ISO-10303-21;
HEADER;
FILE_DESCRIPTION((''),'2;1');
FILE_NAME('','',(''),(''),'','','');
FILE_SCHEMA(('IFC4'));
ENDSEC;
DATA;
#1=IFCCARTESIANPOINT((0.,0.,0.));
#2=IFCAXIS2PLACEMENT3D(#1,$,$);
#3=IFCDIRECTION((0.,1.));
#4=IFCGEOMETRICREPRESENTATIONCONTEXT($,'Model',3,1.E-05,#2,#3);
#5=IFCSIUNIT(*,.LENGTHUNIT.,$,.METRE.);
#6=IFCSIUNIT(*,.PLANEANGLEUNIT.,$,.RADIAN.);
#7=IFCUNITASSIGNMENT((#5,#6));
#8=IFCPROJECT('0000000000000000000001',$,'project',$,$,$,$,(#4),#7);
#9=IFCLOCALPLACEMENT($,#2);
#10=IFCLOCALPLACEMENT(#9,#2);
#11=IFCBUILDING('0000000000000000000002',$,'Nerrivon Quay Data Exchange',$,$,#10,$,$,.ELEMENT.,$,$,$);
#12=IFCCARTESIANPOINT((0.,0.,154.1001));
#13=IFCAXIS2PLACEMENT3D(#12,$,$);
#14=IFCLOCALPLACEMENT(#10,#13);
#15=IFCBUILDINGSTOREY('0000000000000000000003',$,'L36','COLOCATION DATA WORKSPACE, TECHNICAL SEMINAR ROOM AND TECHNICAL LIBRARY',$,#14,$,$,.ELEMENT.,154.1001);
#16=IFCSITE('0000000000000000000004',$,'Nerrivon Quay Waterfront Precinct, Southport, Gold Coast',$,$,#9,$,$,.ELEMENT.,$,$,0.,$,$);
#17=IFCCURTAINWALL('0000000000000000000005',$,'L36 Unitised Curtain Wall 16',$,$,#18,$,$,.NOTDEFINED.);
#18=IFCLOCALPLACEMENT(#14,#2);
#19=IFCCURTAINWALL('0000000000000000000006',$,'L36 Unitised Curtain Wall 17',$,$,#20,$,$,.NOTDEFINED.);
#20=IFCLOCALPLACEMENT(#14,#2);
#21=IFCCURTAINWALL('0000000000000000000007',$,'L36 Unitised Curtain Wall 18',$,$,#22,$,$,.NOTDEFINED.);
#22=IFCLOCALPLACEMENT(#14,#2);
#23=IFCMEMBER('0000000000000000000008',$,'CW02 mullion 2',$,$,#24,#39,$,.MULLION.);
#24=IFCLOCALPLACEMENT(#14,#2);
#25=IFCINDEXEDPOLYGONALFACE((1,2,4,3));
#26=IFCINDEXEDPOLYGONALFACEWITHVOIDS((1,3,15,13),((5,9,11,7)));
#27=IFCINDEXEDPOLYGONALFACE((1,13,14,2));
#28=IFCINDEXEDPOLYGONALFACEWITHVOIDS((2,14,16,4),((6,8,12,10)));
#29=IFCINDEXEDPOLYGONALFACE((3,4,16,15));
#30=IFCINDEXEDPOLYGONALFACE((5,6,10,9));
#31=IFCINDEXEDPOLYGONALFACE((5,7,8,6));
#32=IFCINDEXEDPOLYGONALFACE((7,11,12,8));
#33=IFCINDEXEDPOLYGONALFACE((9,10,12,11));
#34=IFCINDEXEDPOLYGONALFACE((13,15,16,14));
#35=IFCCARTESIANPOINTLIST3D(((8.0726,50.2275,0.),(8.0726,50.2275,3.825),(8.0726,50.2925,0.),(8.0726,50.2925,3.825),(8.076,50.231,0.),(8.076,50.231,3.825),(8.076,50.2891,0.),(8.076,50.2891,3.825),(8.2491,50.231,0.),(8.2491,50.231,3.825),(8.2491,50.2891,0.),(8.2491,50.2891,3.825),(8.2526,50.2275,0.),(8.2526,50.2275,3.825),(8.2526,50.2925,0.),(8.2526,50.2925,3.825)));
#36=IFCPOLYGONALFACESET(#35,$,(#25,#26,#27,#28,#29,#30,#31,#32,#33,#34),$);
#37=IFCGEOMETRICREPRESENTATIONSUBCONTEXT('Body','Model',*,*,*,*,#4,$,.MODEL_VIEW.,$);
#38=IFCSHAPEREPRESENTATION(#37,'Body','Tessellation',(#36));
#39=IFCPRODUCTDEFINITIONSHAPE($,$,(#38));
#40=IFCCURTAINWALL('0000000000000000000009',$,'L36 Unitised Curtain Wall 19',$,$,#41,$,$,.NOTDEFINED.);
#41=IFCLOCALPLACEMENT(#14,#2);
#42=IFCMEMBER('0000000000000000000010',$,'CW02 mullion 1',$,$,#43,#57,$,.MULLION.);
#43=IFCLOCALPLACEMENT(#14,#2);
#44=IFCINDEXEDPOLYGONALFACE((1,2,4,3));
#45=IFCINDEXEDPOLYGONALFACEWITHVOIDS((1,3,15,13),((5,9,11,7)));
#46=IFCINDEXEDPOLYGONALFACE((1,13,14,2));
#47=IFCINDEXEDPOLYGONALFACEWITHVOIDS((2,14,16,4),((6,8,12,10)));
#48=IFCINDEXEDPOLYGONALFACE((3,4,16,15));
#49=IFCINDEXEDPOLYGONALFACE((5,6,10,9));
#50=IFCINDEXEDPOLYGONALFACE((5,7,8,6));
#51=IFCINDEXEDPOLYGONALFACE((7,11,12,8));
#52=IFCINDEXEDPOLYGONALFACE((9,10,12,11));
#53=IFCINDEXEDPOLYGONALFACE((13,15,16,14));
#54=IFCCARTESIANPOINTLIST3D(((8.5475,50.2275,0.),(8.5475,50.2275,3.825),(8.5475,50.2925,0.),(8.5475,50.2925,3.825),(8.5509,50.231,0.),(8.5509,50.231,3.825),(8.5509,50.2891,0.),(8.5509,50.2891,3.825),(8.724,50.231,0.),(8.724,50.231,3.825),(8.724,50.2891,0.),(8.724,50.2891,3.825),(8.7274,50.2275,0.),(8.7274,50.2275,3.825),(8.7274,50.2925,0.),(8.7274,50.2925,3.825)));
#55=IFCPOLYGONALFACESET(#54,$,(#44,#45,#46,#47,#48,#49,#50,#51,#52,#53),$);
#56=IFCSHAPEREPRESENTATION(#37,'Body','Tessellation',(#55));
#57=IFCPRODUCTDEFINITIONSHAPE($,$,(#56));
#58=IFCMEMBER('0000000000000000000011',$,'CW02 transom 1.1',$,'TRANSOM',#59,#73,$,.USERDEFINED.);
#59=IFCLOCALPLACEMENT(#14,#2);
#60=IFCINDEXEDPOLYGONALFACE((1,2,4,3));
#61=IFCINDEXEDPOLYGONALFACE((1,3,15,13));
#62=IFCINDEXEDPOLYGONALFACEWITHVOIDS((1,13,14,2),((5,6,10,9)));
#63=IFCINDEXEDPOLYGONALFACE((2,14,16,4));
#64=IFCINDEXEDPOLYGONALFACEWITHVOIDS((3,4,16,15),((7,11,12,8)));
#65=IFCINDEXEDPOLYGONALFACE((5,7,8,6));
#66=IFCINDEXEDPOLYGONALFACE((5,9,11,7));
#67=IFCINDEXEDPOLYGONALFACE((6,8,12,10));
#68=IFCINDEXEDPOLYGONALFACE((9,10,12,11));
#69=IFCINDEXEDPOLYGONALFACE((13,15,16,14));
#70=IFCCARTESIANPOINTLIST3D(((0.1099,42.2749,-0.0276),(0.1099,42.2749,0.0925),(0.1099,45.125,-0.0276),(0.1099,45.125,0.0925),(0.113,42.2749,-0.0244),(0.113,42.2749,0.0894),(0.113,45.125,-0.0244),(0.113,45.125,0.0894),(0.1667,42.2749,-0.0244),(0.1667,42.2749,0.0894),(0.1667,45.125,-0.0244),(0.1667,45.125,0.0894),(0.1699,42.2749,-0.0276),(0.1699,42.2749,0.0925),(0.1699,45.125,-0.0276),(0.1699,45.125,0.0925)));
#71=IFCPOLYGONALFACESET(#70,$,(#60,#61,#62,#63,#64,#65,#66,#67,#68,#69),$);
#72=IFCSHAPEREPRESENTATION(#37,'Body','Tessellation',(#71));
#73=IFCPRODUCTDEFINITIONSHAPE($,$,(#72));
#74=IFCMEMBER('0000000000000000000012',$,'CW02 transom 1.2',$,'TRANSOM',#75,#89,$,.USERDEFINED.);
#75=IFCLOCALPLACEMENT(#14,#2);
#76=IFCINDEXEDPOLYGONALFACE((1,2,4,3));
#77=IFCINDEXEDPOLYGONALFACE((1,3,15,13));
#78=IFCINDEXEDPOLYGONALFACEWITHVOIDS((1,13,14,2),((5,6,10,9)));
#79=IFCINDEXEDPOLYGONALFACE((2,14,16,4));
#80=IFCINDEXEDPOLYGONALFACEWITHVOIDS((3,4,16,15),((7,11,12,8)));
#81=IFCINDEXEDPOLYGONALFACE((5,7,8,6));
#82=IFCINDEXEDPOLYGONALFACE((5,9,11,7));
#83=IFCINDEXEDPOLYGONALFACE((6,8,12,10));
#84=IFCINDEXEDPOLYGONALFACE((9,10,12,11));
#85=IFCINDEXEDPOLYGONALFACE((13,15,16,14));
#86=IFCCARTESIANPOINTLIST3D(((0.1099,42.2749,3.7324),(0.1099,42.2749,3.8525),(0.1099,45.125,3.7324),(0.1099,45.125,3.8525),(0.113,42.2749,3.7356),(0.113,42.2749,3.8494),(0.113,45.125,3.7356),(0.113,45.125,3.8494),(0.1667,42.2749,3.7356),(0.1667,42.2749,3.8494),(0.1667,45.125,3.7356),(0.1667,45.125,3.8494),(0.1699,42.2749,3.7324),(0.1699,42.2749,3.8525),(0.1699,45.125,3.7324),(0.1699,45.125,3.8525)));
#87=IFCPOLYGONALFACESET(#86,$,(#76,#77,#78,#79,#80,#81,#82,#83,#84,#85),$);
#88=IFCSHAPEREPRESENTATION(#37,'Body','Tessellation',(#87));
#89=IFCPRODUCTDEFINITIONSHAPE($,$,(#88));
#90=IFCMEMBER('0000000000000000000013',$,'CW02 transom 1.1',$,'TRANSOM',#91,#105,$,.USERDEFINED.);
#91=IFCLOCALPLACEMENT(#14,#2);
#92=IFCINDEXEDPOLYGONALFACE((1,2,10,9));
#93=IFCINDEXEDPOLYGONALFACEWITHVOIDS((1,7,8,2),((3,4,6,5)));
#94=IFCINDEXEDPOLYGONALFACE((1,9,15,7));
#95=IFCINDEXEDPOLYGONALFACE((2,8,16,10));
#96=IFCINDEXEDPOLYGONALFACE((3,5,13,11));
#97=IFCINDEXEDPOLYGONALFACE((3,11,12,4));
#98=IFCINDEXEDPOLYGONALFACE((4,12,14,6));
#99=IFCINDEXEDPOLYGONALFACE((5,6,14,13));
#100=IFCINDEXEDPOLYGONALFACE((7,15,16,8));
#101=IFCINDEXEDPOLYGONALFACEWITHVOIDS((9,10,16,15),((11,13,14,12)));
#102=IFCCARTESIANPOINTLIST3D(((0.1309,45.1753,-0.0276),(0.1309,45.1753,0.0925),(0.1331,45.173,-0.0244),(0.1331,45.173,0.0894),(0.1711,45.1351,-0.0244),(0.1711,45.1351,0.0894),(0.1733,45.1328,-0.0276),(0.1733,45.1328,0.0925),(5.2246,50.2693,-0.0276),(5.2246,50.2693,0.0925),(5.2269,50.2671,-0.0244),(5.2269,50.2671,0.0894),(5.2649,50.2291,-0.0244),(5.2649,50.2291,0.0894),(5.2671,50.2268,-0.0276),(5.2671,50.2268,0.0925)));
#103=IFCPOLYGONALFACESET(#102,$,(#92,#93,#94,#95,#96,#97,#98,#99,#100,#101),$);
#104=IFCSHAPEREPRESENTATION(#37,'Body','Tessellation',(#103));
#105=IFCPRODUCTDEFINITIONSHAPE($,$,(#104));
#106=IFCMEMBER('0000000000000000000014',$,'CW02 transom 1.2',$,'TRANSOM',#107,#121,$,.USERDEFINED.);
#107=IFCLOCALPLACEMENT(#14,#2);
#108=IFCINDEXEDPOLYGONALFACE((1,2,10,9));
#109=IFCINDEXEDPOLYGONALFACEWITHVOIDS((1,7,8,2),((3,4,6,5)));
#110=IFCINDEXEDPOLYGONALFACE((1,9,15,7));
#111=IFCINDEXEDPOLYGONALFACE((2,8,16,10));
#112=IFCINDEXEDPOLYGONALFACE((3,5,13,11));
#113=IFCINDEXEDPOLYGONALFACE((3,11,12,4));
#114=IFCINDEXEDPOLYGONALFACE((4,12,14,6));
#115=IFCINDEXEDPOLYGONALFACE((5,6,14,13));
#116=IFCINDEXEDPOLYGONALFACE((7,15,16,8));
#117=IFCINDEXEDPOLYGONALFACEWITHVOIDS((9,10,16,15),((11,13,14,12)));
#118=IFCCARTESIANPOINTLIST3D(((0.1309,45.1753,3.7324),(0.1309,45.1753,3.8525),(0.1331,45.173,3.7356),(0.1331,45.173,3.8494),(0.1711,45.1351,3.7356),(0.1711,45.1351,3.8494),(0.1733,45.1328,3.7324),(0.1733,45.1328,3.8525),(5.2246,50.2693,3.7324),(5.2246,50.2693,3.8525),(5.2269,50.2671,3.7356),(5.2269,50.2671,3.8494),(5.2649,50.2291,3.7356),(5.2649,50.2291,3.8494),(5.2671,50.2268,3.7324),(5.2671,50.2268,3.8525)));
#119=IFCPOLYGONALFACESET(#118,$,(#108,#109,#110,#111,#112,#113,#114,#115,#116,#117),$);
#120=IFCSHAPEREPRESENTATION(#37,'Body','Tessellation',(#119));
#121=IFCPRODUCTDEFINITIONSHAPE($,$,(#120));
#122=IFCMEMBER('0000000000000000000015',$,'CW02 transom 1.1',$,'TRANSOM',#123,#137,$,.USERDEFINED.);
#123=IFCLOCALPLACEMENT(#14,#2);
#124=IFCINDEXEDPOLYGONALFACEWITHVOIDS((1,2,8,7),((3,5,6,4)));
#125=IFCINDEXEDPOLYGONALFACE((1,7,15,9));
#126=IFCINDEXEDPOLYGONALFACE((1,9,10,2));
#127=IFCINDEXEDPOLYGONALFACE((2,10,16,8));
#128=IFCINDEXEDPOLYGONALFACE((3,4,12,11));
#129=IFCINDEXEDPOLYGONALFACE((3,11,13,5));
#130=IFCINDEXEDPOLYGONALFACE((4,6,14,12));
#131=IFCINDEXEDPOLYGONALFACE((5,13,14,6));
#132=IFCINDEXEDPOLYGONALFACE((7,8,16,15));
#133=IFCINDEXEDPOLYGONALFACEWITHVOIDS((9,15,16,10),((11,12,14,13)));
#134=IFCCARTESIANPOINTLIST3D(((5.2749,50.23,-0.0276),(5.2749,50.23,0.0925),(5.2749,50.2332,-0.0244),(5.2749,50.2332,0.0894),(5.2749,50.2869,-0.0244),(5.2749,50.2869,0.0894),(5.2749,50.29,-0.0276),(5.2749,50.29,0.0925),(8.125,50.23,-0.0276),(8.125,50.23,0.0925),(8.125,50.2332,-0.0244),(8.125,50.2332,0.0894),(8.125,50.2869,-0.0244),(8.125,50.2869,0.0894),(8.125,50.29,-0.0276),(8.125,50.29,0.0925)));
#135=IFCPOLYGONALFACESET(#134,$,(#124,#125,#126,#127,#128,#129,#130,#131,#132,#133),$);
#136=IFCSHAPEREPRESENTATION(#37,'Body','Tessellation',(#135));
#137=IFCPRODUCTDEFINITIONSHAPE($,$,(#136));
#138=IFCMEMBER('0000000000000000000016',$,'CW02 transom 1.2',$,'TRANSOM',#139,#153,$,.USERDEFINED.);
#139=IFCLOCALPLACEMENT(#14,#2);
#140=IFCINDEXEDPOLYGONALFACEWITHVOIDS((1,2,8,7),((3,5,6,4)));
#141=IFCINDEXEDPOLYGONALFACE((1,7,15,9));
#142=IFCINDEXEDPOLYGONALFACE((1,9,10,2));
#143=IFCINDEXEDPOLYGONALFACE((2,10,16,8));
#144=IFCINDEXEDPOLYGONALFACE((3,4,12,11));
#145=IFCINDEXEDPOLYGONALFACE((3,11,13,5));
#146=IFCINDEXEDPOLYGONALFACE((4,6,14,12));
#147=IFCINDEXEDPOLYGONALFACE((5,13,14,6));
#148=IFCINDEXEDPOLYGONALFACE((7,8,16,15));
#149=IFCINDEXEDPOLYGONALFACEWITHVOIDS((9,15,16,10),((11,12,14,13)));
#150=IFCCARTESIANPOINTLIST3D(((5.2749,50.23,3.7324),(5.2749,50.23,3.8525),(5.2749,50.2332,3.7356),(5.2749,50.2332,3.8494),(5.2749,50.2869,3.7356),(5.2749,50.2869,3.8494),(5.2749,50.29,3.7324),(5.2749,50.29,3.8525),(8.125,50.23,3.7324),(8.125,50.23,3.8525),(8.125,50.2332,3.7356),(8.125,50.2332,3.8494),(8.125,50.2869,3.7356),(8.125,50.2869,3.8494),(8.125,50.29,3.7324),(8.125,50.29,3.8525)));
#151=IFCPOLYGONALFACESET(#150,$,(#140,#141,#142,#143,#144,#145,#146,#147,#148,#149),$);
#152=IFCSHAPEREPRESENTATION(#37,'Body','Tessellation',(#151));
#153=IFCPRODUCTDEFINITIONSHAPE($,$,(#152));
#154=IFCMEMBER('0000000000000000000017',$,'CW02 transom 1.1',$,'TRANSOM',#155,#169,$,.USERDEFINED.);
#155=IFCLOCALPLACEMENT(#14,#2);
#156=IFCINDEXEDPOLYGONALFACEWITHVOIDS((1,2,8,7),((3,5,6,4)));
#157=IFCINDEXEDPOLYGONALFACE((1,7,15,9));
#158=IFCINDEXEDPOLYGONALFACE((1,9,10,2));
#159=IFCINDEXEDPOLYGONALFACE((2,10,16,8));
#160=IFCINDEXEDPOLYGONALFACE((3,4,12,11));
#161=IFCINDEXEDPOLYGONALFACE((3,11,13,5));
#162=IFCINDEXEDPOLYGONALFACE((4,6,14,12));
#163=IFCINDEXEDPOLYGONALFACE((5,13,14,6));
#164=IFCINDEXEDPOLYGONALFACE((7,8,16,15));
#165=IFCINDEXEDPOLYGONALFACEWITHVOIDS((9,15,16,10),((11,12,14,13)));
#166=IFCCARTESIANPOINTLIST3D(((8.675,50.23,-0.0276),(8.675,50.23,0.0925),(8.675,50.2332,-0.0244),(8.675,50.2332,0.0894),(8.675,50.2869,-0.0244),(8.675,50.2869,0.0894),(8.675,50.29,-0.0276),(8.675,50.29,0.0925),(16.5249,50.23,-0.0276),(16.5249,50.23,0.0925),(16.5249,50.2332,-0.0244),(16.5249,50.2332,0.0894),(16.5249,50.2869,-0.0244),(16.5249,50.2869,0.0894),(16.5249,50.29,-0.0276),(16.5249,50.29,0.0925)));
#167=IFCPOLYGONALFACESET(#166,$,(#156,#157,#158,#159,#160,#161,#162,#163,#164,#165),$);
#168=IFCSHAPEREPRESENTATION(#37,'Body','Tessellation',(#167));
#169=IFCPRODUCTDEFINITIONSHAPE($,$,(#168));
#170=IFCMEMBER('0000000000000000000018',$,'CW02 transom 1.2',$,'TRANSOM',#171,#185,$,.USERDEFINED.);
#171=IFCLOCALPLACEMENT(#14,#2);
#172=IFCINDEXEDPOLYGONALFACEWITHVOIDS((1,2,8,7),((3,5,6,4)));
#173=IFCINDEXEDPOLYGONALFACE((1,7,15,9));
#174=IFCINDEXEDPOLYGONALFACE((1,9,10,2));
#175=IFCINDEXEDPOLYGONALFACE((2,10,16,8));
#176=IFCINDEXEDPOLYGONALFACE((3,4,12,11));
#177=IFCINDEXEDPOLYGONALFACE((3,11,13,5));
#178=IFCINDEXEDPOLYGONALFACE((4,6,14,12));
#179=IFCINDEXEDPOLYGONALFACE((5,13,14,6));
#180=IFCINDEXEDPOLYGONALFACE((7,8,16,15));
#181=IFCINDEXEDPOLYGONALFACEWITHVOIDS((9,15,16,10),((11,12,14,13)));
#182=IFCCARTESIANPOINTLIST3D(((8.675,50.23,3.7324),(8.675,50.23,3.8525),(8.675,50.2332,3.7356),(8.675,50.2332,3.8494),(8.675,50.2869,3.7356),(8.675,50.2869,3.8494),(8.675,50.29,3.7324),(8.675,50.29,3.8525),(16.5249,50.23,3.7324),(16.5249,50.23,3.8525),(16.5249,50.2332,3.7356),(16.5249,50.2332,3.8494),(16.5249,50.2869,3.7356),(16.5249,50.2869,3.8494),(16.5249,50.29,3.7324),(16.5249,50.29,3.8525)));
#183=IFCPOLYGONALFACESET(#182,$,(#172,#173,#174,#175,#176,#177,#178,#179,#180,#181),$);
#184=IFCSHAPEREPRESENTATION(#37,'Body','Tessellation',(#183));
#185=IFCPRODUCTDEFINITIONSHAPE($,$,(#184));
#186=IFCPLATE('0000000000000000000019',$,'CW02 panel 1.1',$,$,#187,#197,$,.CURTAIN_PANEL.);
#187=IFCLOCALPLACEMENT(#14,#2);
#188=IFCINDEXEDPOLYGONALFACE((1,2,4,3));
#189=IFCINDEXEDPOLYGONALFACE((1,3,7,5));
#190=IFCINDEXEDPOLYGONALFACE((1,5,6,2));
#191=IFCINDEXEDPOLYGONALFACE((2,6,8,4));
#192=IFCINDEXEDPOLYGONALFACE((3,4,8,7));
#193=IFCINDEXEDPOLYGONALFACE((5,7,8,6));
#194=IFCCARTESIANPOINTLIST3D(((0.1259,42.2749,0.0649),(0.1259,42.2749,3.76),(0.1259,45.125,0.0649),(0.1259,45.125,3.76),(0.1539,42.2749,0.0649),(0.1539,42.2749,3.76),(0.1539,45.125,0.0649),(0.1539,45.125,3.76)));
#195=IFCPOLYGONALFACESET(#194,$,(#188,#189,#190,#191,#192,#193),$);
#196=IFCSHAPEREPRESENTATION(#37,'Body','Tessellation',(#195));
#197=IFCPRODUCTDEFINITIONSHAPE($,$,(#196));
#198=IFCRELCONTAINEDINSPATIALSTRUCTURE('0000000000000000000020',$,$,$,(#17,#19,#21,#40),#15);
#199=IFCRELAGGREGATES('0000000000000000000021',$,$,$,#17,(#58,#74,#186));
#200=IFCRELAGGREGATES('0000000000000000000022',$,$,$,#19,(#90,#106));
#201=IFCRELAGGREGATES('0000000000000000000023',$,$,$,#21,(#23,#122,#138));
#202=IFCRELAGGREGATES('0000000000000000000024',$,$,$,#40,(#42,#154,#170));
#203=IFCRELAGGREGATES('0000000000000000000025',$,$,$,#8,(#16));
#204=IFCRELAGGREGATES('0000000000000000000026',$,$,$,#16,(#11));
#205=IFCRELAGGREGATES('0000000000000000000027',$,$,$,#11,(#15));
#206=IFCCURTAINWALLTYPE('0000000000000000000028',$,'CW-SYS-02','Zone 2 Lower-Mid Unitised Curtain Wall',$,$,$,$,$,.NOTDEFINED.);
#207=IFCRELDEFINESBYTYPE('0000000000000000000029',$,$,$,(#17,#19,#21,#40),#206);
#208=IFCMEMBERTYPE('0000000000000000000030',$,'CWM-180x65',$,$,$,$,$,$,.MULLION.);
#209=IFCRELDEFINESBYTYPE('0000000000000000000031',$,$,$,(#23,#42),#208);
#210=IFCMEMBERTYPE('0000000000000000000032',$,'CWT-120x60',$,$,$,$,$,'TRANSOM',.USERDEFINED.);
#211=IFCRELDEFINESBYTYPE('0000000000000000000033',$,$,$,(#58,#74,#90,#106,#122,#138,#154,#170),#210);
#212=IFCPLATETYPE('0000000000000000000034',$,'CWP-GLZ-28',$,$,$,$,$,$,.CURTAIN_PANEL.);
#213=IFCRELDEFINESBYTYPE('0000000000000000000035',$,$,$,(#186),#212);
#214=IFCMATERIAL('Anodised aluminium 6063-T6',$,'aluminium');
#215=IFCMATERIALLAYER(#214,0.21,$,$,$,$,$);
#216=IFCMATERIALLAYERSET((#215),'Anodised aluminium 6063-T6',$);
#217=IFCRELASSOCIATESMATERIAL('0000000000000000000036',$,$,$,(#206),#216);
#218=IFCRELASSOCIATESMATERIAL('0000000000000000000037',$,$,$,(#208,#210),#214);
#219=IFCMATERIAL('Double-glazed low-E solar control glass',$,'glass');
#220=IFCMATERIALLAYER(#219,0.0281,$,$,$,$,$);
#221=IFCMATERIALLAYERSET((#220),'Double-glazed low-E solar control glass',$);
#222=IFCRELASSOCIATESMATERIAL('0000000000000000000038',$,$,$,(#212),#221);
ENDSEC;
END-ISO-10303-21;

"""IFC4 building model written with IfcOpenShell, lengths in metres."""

from ifc_helpers import new_model, si_unit, direction, frame, origin, origin_2d, place, context, subcontext, project, spatial, rectangle, hollow_rectangle, extrude, material, layer, layer_set, material_profile, profile_set, type_object, element, aggregate, save


model = new_model("IFC4")

# Units and contexts
model_context = context("Model", 3, precision=1e-05, world=origin(), true_north=direction((0.0, 1.0)))
body_context = subcontext(model_context, "Body", "Model", "MODEL_VIEW")
ifc_project = project(units=[si_unit("LENGTHUNIT", "METRE"), si_unit("PLANEANGLEUNIT", "RADIAN")], contexts=[model_context])

# Site, building, storey
site_placement = place(None, origin())
site = spatial("IfcSite", under=ifc_project, at=site_placement, Name="Nerrivon Quay Waterfront Precinct, Southport, Gold Coast", CompositionType="ELEMENT", RefElevation=0.0)
building_placement = place(site_placement, origin())
building = spatial("IfcBuilding", under=site, at=building_placement, Name="Nerrivon Quay Data Exchange", CompositionType="ELEMENT")
storey_placement = place(building_placement, frame((0.0, 0.0, 154.1001)))
storey = spatial("IfcBuildingStorey", under=building, at=storey_placement, Name="L36", Description="COLOCATION DATA WORKSPACE, TECHNICAL SEMINAR ROOM AND TECHNICAL LIBRARY", CompositionType="ELEMENT", Elevation=154.1001)

# Curtain wall
ifc_material_1 = material(Name="Anodised aluminium 6063-T6", Category="aluminium")
ifc_layer_1 = layer(ifc_material_1, 0.21)
ifc_layer_set_1 = layer_set([ifc_layer_1], Name="Anodised aluminium 6063-T6")
curtain_wall_type = type_object("IfcCurtainWallType", Name="CW-SYS-02", Description="Zone 2 Lower-Mid Unitised Curtain Wall", PredefinedType="NOTDEFINED", material=ifc_layer_set_1)
curtain_wall_1_placement = place(storey_placement, origin())
curtain_wall_1 = element("IfcCurtainWall", 1, at=curtain_wall_1_placement, inside=storey, type_object=curtain_wall_type, Name="L36 Unitised Curtain Wall 16", PredefinedType="NOTDEFINED")
ifc_material_profile_1 = material_profile(ifc_material_1, hollow_rectangle(XDim=0.0649, YDim=0.1799, WallThickness=0.0034, at=origin_2d()), Name="ALU-MULL-180x65")
ifc_profile_set_1 = profile_set([ifc_material_profile_1], Name="Anodised aluminium 6063-T6")
member_type_1 = type_object("IfcMemberType", Name="CWM-180x65", PredefinedType="MULLION", material=ifc_profile_set_1)

# Curtain walls, member
curtain_wall_2_placement = place(storey_placement, origin())
curtain_wall_2 = element("IfcCurtainWall", 2, at=curtain_wall_2_placement, inside=storey, type_object=curtain_wall_type, Name="L36 Unitised Curtain Wall 17", PredefinedType="NOTDEFINED")
curtain_wall_3_placement = place(storey_placement, origin())
curtain_wall_3 = element("IfcCurtainWall", 3, at=curtain_wall_3_placement, inside=storey, type_object=curtain_wall_type, Name="L36 Unitised Curtain Wall 18", PredefinedType="NOTDEFINED")
member_1_placement = place(storey_placement, frame((8.1626, 50.26, 0.0), z_axis=(0.0, 0.0, 1.0), x_axis=(0.0, 1.0, 0.0)))
member_1 = element("IfcMember", 4, at=member_1_placement, type_object=member_type_1, Name="CW02 mullion 2", PredefinedType="MULLION", context=body_context, shape_type="SweptSolid", body=[
    extrude(hollow_rectangle(XDim=0.0649, YDim=0.1799, WallThickness=0.0034, at=origin_2d()), origin(), (0.0, 0.0, 1.0), 3.825),
])

# Curtain wall, member
curtain_wall_4_placement = place(storey_placement, origin())
curtain_wall_4 = element("IfcCurtainWall", 5, at=curtain_wall_4_placement, inside=storey, type_object=curtain_wall_type, Name="L36 Unitised Curtain Wall 19", PredefinedType="NOTDEFINED")
member_2_placement = place(storey_placement, frame((8.6375, 50.26, 0.0), z_axis=(0.0, 0.0, 1.0), x_axis=(0.0, 1.0, 0.0)))
member_2 = element("IfcMember", 6, at=member_2_placement, type_object=member_type_1, Name="CW02 mullion 1", PredefinedType="MULLION", context=body_context, shape_type="SweptSolid", body=[
    extrude(hollow_rectangle(XDim=0.0649, YDim=0.1799, WallThickness=0.0034, at=origin_2d()), origin(), (0.0, 0.0, 1.0), 3.825),
])

# Members
ifc_material_profile_2 = material_profile(ifc_material_1, hollow_rectangle(XDim=0.0601, YDim=0.1201, WallThickness=0.0032, at=origin_2d()), Name="ALU-TRAN-120x60")
ifc_profile_set_2 = profile_set([ifc_material_profile_2], Name="Anodised aluminium 6063-T6")
member_type_2 = type_object("IfcMemberType", Name="CWT-120x60", ElementType="TRANSOM", PredefinedType="USERDEFINED", material=ifc_profile_set_2)
member_3_placement = place(storey_placement, frame((0.1399, 42.2749, 0.0325), z_axis=(0.0, 1.0, 0.0), x_axis=(-1.0, 0.0, 0.0)))
member_3 = element("IfcMember", 7, at=member_3_placement, type_object=member_type_2, Name="CW02 transom 1.1", ObjectType="TRANSOM", PredefinedType="USERDEFINED", context=body_context, shape_type="SweptSolid", body=[
    extrude(hollow_rectangle(XDim=0.0601, YDim=0.1201, WallThickness=0.0032, at=origin_2d()), origin(), (0.0, 0.0, 1.0), 2.8501),
])
member_4_placement = place(storey_placement, frame((0.1399, 42.2749, 3.7925), z_axis=(0.0, 1.0, 0.0), x_axis=(-1.0, 0.0, 0.0)))
member_4 = element("IfcMember", 8, at=member_4_placement, type_object=member_type_2, Name="CW02 transom 1.2", ObjectType="TRANSOM", PredefinedType="USERDEFINED", context=body_context, shape_type="SweptSolid", body=[
    extrude(hollow_rectangle(XDim=0.0601, YDim=0.1201, WallThickness=0.0032, at=origin_2d()), origin(), (0.0, 0.0, 1.0), 2.8501),
])
member_5_placement = place(storey_placement, frame((0.1521, 45.1541, 0.0325), z_axis=(0.70709, 0.707124, 0.0), x_axis=(-0.707124, 0.70709, 0.0)))
member_5 = element("IfcMember", 9, at=member_5_placement, type_object=member_type_2, Name="CW02 transom 1.1", ObjectType="TRANSOM", PredefinedType="USERDEFINED", context=body_context, shape_type="SweptSolid", body=[
    extrude(hollow_rectangle(XDim=0.0601, YDim=0.1201, WallThickness=0.0032, at=origin_2d()), origin(), (0.0, 0.0, 1.0), 7.2039),
])
member_6_placement = place(storey_placement, frame((0.1521, 45.1541, 3.7925), z_axis=(0.70709, 0.707124, 0.0), x_axis=(-0.707124, 0.70709, 0.0)))
member_6 = element("IfcMember", 10, at=member_6_placement, type_object=member_type_2, Name="CW02 transom 1.2", ObjectType="TRANSOM", PredefinedType="USERDEFINED", context=body_context, shape_type="SweptSolid", body=[
    extrude(hollow_rectangle(XDim=0.0601, YDim=0.1201, WallThickness=0.0032, at=origin_2d()), origin(), (0.0, 0.0, 1.0), 7.2039),
])
member_7_placement = place(storey_placement, frame((5.2749, 50.26, 0.0325), z_axis=(1.0, 0.0, 0.0), x_axis=(0.0, 1.0, 0.0)))
member_7 = element("IfcMember", 11, at=member_7_placement, type_object=member_type_2, Name="CW02 transom 1.1", ObjectType="TRANSOM", PredefinedType="USERDEFINED", context=body_context, shape_type="SweptSolid", body=[
    extrude(hollow_rectangle(XDim=0.0601, YDim=0.1201, WallThickness=0.0032, at=origin_2d()), origin(), (0.0, 0.0, 1.0), 2.8501),
])
member_8_placement = place(storey_placement, frame((5.2749, 50.26, 3.7925), z_axis=(1.0, 0.0, 0.0), x_axis=(0.0, 1.0, 0.0)))
member_8 = element("IfcMember", 12, at=member_8_placement, type_object=member_type_2, Name="CW02 transom 1.2", ObjectType="TRANSOM", PredefinedType="USERDEFINED", context=body_context, shape_type="SweptSolid", body=[
    extrude(hollow_rectangle(XDim=0.0601, YDim=0.1201, WallThickness=0.0032, at=origin_2d()), origin(), (0.0, 0.0, 1.0), 2.8501),
])
member_9_placement = place(storey_placement, frame((8.675, 50.26, 0.0325), z_axis=(1.0, 0.0, 0.0), x_axis=(0.0, 1.0, 0.0)))
member_9 = element("IfcMember", 13, at=member_9_placement, type_object=member_type_2, Name="CW02 transom 1.1", ObjectType="TRANSOM", PredefinedType="USERDEFINED", context=body_context, shape_type="SweptSolid", body=[
    extrude(hollow_rectangle(XDim=0.0601, YDim=0.1201, WallThickness=0.0032, at=origin_2d()), origin(), (0.0, 0.0, 1.0), 7.8499),
])
member_10_placement = place(storey_placement, frame((8.675, 50.26, 3.7925), z_axis=(1.0, 0.0, 0.0), x_axis=(0.0, 1.0, 0.0)))
member_10 = element("IfcMember", 14, at=member_10_placement, type_object=member_type_2, Name="CW02 transom 1.2", ObjectType="TRANSOM", PredefinedType="USERDEFINED", context=body_context, shape_type="SweptSolid", body=[
    extrude(hollow_rectangle(XDim=0.0601, YDim=0.1201, WallThickness=0.0032, at=origin_2d()), origin(), (0.0, 0.0, 1.0), 7.8499),
])

# Plate
ifc_material_2 = material(Name="Double-glazed low-E solar control glass", Category="glass")
ifc_layer_2 = layer(ifc_material_2, 0.0281)
ifc_layer_set_2 = layer_set([ifc_layer_2], Name="Double-glazed low-E solar control glass")
plate_type = type_object("IfcPlateType", Name="CWP-GLZ-28", PredefinedType="CURTAIN_PANEL", material=ifc_layer_set_2)
plate_1_placement = place(storey_placement, frame((0.1399, 43.7, 0.0649), z_axis=(0.0, 0.0, 1.0), x_axis=(0.0, 1.0, 0.0)))
plate_1 = element("IfcPlate", 15, at=plate_1_placement, type_object=plate_type, Name="CW02 panel 1.1", PredefinedType="CURTAIN_PANEL", context=body_context, shape_type="SweptSolid", body=[
    extrude(rectangle(XDim=2.8501, YDim=0.0281, at=origin_2d()), origin(), (0.0, 0.0, 1.0), 3.6951),
])
aggregate(curtain_wall_1, [member_3, member_4, plate_1])
aggregate(curtain_wall_2, [member_5, member_6])
aggregate(curtain_wall_3, [member_1, member_7, member_8])
aggregate(curtain_wall_4, [member_2, member_9, member_10])

save(model, "model.ifc")
